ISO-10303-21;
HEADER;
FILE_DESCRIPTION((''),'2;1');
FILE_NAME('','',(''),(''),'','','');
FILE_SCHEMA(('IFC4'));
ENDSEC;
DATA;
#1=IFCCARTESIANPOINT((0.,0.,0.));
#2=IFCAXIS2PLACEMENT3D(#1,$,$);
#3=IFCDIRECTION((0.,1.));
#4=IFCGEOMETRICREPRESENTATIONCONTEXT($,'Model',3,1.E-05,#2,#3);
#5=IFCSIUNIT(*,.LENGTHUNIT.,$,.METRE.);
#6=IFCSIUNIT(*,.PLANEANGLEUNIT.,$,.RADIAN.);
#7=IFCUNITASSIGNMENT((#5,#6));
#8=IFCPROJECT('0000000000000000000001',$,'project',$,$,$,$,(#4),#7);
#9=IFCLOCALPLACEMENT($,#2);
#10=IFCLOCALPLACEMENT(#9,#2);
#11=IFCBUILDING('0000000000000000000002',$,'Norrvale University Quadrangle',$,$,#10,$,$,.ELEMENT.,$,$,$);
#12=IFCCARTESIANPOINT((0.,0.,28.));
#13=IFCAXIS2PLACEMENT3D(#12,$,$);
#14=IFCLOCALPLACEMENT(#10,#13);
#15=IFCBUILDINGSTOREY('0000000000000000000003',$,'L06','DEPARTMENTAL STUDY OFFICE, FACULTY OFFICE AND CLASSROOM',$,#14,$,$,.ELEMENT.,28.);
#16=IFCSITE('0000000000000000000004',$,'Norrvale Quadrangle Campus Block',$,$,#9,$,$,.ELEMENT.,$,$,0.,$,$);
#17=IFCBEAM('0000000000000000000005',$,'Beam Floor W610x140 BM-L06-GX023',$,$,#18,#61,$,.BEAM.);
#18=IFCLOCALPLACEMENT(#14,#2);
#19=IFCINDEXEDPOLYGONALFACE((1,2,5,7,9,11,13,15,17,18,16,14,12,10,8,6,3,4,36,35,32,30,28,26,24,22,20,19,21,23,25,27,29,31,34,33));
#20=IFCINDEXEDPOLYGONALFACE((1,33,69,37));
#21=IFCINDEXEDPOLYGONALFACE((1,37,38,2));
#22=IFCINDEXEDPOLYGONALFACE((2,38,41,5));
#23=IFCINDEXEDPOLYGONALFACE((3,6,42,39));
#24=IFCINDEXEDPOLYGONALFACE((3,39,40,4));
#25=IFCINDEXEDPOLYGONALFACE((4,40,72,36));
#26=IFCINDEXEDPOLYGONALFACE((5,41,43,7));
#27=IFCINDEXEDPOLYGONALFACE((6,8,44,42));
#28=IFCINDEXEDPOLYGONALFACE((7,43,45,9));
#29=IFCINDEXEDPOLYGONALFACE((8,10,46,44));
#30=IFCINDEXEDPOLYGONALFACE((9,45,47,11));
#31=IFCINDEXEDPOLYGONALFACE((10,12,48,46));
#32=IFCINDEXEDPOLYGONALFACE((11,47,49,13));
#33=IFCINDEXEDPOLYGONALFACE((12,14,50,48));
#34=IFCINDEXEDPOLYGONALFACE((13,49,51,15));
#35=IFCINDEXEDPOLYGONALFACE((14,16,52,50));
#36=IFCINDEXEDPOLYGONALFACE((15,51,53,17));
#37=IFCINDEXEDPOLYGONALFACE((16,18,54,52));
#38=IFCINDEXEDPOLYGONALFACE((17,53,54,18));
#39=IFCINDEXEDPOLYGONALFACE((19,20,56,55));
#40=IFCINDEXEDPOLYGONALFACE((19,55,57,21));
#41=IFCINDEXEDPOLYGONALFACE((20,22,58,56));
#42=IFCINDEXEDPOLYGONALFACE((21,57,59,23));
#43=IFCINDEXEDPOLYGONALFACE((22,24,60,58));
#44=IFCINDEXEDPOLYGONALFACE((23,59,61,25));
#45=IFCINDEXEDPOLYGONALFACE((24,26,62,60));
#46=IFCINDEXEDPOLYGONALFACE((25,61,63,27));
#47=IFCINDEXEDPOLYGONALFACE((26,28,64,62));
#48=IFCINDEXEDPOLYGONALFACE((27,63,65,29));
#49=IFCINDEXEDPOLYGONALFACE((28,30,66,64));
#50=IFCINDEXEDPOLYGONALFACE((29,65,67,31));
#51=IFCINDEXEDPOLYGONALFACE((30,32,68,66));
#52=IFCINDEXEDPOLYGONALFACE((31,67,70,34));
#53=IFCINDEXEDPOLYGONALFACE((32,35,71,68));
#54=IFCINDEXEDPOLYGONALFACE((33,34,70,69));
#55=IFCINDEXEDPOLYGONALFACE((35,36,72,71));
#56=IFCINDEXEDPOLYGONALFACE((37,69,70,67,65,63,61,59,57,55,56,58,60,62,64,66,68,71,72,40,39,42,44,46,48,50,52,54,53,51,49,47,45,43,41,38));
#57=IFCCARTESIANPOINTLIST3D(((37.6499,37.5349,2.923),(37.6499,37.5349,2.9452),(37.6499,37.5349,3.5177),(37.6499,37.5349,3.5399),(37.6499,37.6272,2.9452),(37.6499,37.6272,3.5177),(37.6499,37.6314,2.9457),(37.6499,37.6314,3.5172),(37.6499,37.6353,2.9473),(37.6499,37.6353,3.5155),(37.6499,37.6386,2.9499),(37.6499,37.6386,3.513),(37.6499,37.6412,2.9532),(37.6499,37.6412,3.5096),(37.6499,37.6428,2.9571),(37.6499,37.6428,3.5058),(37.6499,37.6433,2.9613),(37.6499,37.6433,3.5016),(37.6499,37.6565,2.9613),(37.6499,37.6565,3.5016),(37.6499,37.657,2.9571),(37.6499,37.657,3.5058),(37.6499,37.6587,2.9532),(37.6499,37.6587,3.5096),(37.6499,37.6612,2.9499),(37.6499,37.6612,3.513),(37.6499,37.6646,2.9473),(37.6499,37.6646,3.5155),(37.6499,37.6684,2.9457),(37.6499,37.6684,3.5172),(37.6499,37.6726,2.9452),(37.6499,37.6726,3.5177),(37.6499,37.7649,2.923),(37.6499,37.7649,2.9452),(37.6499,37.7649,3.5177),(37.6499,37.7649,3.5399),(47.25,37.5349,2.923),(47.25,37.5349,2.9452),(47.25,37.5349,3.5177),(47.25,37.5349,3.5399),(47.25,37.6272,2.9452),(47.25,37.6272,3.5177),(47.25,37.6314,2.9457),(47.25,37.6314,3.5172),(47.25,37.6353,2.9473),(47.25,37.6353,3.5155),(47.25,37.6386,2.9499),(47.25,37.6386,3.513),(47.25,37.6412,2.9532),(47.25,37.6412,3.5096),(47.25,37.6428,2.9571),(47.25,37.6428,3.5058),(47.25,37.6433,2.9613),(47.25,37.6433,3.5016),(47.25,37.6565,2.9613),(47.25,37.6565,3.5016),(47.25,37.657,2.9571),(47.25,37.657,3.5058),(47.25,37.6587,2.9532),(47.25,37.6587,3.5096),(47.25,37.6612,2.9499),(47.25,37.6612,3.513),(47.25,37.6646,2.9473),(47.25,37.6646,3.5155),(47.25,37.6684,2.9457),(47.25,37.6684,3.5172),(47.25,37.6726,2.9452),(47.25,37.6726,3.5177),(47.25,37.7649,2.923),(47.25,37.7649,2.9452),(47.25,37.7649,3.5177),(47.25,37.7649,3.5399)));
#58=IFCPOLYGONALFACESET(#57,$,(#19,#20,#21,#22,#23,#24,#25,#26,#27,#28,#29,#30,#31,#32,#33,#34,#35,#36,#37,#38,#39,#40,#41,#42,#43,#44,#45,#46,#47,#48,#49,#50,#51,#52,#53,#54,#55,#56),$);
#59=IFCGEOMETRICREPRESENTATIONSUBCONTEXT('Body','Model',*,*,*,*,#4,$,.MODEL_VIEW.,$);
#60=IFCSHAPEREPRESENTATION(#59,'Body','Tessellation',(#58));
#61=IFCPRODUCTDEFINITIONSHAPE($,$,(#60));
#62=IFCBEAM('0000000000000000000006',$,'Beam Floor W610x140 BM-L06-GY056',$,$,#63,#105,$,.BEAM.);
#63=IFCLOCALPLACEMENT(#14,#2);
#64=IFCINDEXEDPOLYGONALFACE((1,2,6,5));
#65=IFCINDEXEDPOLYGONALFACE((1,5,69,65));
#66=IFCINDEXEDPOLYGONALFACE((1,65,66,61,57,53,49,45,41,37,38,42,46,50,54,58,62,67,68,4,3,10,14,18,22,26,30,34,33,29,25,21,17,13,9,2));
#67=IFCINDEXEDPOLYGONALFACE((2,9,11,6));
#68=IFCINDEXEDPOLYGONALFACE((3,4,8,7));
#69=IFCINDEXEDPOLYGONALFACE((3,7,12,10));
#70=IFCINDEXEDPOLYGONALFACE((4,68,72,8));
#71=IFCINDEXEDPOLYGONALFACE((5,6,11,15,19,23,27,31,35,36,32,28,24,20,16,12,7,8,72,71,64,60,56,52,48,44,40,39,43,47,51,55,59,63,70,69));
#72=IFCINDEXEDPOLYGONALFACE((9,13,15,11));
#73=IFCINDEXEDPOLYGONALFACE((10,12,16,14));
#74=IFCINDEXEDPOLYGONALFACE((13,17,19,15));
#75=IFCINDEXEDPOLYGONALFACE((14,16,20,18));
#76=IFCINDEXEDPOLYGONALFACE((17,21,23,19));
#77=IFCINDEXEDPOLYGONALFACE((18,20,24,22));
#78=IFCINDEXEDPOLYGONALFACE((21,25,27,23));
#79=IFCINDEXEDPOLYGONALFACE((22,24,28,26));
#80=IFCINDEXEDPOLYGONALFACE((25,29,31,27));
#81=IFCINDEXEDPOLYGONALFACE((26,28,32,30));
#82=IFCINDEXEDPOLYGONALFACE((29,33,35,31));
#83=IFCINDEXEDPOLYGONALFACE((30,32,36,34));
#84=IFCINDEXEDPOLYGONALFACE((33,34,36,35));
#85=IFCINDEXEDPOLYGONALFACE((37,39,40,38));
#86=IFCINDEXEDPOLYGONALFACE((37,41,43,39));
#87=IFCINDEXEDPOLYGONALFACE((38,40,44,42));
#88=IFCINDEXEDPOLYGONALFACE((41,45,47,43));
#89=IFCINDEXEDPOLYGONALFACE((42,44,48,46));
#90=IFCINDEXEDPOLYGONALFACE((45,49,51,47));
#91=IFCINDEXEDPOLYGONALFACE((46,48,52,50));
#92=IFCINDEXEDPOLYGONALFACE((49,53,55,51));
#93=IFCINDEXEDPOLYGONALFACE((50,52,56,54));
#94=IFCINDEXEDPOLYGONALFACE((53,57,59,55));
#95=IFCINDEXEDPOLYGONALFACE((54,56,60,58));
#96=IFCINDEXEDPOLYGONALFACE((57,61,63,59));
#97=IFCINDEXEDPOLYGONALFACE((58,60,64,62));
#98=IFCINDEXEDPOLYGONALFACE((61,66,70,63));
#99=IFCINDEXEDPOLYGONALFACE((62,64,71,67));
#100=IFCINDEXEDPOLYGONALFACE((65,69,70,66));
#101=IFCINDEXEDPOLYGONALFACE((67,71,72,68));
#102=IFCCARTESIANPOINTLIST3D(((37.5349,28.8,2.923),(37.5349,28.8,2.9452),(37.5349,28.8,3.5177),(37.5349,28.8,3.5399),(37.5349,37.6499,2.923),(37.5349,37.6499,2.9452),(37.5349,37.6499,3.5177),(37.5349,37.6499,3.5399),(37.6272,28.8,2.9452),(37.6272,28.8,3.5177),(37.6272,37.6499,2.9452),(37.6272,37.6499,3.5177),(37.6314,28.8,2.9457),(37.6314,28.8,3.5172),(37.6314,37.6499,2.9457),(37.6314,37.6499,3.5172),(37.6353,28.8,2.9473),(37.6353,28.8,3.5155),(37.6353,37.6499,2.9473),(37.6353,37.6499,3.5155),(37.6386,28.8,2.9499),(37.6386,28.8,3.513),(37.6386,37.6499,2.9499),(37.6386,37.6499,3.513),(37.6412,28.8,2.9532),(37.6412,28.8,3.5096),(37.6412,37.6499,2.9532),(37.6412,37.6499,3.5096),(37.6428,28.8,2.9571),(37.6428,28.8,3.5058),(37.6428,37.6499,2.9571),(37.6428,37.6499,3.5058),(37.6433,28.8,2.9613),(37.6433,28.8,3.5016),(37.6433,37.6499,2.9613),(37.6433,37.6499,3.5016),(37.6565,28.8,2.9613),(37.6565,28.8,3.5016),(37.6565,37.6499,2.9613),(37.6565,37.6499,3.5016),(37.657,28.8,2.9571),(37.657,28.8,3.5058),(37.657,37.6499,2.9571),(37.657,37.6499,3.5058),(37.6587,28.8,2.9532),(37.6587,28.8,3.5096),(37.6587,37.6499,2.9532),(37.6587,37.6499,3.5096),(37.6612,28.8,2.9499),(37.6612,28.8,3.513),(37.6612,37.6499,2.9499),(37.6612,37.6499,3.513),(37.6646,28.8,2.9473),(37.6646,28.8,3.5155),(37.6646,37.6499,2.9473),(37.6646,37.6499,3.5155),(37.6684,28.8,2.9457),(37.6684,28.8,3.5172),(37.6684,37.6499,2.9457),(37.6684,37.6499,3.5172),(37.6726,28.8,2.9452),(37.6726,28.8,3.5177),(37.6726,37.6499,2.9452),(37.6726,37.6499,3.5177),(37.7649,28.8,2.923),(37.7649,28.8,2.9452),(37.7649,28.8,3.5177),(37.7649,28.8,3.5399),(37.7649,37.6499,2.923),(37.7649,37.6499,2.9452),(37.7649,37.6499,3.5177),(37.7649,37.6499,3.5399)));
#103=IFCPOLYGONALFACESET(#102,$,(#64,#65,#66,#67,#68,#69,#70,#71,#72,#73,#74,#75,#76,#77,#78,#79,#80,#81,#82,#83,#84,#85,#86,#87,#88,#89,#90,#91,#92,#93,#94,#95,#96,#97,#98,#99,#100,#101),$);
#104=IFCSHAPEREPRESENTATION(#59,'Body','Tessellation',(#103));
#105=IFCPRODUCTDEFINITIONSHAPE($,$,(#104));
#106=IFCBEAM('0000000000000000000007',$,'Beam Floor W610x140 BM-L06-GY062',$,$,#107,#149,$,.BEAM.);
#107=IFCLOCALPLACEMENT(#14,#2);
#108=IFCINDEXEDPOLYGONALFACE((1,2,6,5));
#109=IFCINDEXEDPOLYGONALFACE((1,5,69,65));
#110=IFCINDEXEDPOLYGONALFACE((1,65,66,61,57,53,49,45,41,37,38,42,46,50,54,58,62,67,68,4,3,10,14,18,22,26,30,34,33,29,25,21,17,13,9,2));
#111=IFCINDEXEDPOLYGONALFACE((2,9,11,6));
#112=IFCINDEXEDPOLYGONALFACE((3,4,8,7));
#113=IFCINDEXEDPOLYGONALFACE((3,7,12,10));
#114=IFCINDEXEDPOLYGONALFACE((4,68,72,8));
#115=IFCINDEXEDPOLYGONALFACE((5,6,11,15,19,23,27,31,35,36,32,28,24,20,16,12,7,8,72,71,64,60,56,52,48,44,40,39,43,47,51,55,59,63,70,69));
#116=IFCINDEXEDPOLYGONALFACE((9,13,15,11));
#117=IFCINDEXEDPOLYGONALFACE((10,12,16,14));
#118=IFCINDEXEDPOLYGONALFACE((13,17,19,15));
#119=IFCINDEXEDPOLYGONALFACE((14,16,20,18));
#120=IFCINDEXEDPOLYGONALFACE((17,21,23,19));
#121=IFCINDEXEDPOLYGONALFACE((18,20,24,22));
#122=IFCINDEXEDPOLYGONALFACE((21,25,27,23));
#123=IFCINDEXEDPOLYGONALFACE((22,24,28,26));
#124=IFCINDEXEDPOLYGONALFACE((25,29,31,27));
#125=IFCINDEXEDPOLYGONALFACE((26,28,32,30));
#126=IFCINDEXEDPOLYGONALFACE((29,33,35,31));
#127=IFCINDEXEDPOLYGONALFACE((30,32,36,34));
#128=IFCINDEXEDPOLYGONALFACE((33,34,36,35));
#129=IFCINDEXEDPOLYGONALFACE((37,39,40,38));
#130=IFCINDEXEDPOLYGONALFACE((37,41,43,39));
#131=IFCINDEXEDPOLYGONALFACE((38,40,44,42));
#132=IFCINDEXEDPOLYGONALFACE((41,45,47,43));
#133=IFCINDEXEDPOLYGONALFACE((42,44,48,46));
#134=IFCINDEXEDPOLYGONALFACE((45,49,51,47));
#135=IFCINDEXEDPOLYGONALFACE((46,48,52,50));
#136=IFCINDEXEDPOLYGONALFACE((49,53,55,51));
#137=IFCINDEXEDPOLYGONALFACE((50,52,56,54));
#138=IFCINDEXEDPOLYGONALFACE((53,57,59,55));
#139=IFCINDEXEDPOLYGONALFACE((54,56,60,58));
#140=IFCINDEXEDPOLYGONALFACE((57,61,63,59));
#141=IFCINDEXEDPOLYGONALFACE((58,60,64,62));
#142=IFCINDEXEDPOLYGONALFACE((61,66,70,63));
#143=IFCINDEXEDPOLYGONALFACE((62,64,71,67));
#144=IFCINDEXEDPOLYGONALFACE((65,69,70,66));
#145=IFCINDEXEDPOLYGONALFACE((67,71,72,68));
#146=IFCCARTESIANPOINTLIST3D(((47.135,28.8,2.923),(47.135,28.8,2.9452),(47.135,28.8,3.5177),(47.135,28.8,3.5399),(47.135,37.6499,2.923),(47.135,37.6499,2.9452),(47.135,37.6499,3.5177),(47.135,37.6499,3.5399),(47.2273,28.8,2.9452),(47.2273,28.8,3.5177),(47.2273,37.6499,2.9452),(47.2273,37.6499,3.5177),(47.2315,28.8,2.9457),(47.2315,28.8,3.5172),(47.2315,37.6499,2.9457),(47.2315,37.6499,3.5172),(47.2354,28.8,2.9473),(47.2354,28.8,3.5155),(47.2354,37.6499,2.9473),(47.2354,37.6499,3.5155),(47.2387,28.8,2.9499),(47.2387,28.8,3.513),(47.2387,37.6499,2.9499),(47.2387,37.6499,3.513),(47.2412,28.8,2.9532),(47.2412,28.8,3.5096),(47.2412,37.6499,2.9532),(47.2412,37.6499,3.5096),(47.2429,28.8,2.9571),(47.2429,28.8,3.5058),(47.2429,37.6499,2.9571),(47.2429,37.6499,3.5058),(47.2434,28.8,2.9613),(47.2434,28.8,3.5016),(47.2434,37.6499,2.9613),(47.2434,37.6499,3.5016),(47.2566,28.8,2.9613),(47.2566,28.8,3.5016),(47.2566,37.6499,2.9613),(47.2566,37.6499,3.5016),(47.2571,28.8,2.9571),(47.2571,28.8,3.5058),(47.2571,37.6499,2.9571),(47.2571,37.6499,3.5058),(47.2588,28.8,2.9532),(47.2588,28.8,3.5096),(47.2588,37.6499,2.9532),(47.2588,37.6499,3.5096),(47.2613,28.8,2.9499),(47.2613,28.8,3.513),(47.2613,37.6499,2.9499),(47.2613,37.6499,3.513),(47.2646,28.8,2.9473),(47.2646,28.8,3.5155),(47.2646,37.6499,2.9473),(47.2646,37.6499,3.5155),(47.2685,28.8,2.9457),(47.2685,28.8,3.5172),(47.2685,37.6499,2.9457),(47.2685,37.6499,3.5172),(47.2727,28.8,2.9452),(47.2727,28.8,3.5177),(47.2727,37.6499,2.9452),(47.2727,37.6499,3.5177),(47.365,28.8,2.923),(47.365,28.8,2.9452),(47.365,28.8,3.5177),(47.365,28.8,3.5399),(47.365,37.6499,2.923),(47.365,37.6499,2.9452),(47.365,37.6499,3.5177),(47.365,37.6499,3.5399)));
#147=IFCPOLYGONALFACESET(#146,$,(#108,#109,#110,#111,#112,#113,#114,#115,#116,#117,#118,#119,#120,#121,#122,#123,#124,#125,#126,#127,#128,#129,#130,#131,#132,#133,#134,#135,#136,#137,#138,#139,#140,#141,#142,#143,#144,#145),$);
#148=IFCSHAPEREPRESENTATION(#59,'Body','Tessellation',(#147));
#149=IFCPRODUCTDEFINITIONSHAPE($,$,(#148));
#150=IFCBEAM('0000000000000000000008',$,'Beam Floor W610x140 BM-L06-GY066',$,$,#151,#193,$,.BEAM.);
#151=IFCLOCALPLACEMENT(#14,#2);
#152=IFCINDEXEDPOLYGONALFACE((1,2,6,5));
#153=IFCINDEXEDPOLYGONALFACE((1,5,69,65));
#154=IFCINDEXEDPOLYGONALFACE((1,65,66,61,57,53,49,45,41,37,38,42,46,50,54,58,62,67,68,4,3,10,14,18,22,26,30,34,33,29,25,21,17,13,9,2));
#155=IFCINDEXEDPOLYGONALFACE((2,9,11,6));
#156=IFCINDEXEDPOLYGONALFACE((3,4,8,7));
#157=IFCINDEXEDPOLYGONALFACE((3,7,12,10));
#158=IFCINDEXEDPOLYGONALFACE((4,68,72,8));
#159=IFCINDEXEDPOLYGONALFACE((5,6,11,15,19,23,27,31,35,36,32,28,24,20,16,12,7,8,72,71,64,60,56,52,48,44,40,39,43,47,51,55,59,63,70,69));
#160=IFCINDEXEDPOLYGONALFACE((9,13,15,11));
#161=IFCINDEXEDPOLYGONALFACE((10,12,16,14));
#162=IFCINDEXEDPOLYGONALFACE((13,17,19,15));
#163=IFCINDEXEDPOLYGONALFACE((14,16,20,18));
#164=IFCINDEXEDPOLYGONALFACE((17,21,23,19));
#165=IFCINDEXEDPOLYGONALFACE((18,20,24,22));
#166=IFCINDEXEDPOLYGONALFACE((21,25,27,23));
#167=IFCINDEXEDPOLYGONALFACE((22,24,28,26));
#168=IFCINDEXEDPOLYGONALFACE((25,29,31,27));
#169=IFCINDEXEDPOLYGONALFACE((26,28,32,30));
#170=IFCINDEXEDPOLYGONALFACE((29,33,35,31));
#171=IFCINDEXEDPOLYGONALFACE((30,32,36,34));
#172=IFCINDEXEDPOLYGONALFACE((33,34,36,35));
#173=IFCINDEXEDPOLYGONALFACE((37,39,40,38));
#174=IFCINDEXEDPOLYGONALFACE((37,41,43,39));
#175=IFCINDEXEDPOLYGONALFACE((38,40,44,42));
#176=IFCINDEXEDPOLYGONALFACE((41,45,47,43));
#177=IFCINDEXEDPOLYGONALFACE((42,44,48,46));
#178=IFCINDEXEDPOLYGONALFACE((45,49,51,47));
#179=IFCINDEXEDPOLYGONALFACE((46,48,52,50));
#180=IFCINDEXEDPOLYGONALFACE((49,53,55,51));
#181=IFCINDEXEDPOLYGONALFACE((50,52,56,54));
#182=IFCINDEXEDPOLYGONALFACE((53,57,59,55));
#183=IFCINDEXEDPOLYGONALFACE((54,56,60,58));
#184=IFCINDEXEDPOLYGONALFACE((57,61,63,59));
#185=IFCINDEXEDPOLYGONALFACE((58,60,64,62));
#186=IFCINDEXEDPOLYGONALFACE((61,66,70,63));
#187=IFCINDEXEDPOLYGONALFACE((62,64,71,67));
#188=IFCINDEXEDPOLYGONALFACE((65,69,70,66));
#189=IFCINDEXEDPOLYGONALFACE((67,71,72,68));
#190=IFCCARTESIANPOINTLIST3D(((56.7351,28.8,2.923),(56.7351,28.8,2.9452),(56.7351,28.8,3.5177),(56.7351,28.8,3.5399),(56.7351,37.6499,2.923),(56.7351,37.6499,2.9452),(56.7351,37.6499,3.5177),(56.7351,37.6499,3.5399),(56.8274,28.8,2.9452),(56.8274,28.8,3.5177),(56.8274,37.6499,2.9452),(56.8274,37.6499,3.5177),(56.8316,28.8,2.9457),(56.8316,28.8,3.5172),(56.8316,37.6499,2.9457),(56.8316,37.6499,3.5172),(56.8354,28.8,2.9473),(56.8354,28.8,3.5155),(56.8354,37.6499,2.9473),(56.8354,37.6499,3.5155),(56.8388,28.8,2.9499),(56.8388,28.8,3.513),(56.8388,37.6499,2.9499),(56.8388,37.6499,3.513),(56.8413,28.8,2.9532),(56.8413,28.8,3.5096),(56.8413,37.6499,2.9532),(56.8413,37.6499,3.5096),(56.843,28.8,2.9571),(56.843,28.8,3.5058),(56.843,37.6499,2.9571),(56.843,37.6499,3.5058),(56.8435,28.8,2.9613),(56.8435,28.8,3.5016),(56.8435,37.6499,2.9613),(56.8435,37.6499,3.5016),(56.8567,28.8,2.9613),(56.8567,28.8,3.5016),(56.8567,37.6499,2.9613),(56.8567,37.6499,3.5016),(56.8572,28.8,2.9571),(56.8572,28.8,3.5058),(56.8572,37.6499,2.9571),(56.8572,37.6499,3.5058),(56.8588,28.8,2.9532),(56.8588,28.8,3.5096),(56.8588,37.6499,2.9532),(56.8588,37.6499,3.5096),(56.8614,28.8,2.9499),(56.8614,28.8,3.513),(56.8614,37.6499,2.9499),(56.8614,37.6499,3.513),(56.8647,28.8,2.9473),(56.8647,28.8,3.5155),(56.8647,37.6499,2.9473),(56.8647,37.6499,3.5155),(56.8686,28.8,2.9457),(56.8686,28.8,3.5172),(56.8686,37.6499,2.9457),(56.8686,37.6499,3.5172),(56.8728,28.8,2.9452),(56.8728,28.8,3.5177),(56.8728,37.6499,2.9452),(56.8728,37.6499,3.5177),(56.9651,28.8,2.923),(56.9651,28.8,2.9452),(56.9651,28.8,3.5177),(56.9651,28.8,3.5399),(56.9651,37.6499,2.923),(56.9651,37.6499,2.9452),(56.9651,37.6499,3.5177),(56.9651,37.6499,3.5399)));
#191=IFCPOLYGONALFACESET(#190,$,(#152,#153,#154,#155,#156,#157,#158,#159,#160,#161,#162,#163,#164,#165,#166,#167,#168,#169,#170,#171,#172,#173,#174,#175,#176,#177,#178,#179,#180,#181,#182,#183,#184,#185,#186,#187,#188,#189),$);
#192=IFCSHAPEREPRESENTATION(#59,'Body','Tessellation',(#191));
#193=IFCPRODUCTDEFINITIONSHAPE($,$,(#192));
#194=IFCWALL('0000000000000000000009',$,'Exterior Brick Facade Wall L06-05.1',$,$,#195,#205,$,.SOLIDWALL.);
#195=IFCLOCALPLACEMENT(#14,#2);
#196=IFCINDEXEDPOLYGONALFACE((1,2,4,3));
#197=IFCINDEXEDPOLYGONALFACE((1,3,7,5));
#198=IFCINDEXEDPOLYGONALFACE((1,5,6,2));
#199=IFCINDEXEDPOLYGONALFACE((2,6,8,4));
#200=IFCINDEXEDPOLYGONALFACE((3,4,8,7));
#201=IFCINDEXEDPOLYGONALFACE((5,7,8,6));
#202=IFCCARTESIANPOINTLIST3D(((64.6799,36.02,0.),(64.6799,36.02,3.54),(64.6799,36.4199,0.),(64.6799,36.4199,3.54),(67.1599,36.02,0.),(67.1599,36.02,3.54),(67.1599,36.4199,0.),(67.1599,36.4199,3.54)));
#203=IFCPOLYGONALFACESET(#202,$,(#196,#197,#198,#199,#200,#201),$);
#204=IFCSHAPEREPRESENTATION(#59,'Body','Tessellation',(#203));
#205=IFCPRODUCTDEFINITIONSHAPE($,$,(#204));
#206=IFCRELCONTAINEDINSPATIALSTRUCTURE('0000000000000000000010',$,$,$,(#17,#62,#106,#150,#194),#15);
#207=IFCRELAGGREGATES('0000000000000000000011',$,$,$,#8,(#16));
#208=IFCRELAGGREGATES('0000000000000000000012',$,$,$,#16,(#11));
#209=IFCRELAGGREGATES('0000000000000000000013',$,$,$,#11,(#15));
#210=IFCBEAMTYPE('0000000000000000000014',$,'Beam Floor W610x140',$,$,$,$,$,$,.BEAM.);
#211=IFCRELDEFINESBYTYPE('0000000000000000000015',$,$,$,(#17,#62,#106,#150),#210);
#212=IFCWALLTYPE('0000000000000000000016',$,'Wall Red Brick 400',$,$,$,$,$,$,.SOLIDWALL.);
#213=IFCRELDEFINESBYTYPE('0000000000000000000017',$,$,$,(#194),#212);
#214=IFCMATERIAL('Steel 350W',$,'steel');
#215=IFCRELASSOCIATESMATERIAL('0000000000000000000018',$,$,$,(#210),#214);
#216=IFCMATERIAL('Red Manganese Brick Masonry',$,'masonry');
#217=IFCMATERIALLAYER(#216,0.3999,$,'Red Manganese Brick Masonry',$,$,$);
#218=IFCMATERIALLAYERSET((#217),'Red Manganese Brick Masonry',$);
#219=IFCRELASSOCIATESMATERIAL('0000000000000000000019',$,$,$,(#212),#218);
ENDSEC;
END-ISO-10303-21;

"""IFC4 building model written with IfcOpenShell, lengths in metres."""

from ifc_helpers import new_model, si_unit, direction, frame, frame_2d, origin, origin_2d, place, context, subcontext, project, spatial, rectangle, i_section, extrude, material, layer, layer_set, material_profile, profile_set, type_object, element, save


model = new_model("IFC4")

# Units and contexts
model_context = context("Model", 3, precision=1e-05, world=origin(), true_north=direction((0.0, 1.0)))
body_context = subcontext(model_context, "Body", "Model", "MODEL_VIEW")
ifc_project = project(units=[si_unit("LENGTHUNIT", "METRE"), si_unit("PLANEANGLEUNIT", "RADIAN")], contexts=[model_context])

# Site, building, storey
site_placement = place(None, origin())
site = spatial("IfcSite", under=ifc_project, at=site_placement, Name="Norrvale Quadrangle Campus Block", CompositionType="ELEMENT", RefElevation=0.0)
building_placement = place(site_placement, origin())
building = spatial("IfcBuilding", under=site, at=building_placement, Name="Norrvale University Quadrangle", CompositionType="ELEMENT")
storey_placement = place(building_placement, frame((0.0, 0.0, 28.0)))
storey = spatial("IfcBuildingStorey", under=building, at=storey_placement, Name="L06", Description="DEPARTMENTAL STUDY OFFICE, FACULTY OFFICE AND CLASSROOM", CompositionType="ELEMENT", Elevation=28.0)

# Beams
ifc_material_1 = material(Name="Steel 350W", Category="steel")
ifc_material_profile_1 = material_profile(ifc_material_1, i_section(OverallWidth=0.23, OverallDepth=0.6169, WebThickness=0.0132, FlangeThickness=0.0222, FilletRadius=0.0161, at=origin_2d()), Name="Steel 350W")
ifc_profile_set_1 = profile_set([ifc_material_profile_1], Name="Steel 350W")
beam_type_1 = type_object("IfcBeamType", Name="Beam Floor W610x140", PredefinedType="BEAM", material=ifc_profile_set_1)
beam_1_placement = place(storey_placement, frame((37.6499, 37.6499, 3.2314), z_axis=(1.0, 0.0, 0.0), x_axis=(0.0, 1.0, 0.0)))
element("IfcBeam", 1, at=beam_1_placement, inside=storey, type_object=beam_type_1, Name="Beam Floor W610x140 BM-L06-GX023", PredefinedType="BEAM", context=body_context, shape_type="SweptSolid", body=[
    extrude(i_section(OverallWidth=0.23, OverallDepth=0.6169, WebThickness=0.0132, FlangeThickness=0.0222, FilletRadius=0.0161, at=origin_2d()), origin(), (0.0, 0.0, 1.0), 9.6001),
])
for number, where, z_axis, x_axis, name in (
    (2, (37.6499, 28.8, 3.2314), (0.0, 1.0, 0.0), (-1.0, 0.0, 0.0), "Beam Floor W610x140 BM-L06-GY056"),
    (3, (47.25, 28.8, 3.2314), (0.0, 1.0, 0.0), (-1.0, 0.0, 0.0), "Beam Floor W610x140 BM-L06-GY062"),
    (4, (56.8501, 28.8, 3.2314), (0.0, 1.0, 0.0), (-1.0, 0.0, 0.0), "Beam Floor W610x140 BM-L06-GY066"),
):
    element("IfcBeam", number, at=place(storey_placement, frame(where, z_axis=z_axis, x_axis=x_axis)), inside=storey, type_object=beam_type_1, Name=name, PredefinedType="BEAM", context=body_context, shape_type="SweptSolid", body=[
        extrude(i_section(OverallWidth=0.23, OverallDepth=0.6169, WebThickness=0.0132, FlangeThickness=0.0222, FilletRadius=0.0161, at=origin_2d()), origin(), (0.0, 0.0, 1.0), 8.8499),
    ])

# Wall
ifc_material_2 = material(Name="Red Manganese Brick Masonry", Category="masonry")
ifc_layer = layer(ifc_material_2, 0.3999, Name="Red Manganese Brick Masonry")
ifc_layer_set = layer_set([ifc_layer], Name="Red Manganese Brick Masonry")
wall_type = type_object("IfcWallType", Name="Wall Red Brick 400", PredefinedType="SOLIDWALL", material=ifc_layer_set)
wall_1_placement = place(storey_placement, frame((67.1599, 36.22, 0.0), z_axis=(0.0, 0.0, 1.0), x_axis=(-1.0, 0.0, 0.0)))
element("IfcWall", 5, at=wall_1_placement, inside=storey, type_object=wall_type, Name="Exterior Brick Facade Wall L06-05.1", PredefinedType="SOLIDWALL", context=body_context, shape_type="SweptSolid", body=[
    extrude(rectangle(XDim=2.48, YDim=0.3999, at=frame_2d((1.24, 0.0))), origin(), (0.0, 0.0, 1.0), 3.54),
])

save(model, "model.ifc")
